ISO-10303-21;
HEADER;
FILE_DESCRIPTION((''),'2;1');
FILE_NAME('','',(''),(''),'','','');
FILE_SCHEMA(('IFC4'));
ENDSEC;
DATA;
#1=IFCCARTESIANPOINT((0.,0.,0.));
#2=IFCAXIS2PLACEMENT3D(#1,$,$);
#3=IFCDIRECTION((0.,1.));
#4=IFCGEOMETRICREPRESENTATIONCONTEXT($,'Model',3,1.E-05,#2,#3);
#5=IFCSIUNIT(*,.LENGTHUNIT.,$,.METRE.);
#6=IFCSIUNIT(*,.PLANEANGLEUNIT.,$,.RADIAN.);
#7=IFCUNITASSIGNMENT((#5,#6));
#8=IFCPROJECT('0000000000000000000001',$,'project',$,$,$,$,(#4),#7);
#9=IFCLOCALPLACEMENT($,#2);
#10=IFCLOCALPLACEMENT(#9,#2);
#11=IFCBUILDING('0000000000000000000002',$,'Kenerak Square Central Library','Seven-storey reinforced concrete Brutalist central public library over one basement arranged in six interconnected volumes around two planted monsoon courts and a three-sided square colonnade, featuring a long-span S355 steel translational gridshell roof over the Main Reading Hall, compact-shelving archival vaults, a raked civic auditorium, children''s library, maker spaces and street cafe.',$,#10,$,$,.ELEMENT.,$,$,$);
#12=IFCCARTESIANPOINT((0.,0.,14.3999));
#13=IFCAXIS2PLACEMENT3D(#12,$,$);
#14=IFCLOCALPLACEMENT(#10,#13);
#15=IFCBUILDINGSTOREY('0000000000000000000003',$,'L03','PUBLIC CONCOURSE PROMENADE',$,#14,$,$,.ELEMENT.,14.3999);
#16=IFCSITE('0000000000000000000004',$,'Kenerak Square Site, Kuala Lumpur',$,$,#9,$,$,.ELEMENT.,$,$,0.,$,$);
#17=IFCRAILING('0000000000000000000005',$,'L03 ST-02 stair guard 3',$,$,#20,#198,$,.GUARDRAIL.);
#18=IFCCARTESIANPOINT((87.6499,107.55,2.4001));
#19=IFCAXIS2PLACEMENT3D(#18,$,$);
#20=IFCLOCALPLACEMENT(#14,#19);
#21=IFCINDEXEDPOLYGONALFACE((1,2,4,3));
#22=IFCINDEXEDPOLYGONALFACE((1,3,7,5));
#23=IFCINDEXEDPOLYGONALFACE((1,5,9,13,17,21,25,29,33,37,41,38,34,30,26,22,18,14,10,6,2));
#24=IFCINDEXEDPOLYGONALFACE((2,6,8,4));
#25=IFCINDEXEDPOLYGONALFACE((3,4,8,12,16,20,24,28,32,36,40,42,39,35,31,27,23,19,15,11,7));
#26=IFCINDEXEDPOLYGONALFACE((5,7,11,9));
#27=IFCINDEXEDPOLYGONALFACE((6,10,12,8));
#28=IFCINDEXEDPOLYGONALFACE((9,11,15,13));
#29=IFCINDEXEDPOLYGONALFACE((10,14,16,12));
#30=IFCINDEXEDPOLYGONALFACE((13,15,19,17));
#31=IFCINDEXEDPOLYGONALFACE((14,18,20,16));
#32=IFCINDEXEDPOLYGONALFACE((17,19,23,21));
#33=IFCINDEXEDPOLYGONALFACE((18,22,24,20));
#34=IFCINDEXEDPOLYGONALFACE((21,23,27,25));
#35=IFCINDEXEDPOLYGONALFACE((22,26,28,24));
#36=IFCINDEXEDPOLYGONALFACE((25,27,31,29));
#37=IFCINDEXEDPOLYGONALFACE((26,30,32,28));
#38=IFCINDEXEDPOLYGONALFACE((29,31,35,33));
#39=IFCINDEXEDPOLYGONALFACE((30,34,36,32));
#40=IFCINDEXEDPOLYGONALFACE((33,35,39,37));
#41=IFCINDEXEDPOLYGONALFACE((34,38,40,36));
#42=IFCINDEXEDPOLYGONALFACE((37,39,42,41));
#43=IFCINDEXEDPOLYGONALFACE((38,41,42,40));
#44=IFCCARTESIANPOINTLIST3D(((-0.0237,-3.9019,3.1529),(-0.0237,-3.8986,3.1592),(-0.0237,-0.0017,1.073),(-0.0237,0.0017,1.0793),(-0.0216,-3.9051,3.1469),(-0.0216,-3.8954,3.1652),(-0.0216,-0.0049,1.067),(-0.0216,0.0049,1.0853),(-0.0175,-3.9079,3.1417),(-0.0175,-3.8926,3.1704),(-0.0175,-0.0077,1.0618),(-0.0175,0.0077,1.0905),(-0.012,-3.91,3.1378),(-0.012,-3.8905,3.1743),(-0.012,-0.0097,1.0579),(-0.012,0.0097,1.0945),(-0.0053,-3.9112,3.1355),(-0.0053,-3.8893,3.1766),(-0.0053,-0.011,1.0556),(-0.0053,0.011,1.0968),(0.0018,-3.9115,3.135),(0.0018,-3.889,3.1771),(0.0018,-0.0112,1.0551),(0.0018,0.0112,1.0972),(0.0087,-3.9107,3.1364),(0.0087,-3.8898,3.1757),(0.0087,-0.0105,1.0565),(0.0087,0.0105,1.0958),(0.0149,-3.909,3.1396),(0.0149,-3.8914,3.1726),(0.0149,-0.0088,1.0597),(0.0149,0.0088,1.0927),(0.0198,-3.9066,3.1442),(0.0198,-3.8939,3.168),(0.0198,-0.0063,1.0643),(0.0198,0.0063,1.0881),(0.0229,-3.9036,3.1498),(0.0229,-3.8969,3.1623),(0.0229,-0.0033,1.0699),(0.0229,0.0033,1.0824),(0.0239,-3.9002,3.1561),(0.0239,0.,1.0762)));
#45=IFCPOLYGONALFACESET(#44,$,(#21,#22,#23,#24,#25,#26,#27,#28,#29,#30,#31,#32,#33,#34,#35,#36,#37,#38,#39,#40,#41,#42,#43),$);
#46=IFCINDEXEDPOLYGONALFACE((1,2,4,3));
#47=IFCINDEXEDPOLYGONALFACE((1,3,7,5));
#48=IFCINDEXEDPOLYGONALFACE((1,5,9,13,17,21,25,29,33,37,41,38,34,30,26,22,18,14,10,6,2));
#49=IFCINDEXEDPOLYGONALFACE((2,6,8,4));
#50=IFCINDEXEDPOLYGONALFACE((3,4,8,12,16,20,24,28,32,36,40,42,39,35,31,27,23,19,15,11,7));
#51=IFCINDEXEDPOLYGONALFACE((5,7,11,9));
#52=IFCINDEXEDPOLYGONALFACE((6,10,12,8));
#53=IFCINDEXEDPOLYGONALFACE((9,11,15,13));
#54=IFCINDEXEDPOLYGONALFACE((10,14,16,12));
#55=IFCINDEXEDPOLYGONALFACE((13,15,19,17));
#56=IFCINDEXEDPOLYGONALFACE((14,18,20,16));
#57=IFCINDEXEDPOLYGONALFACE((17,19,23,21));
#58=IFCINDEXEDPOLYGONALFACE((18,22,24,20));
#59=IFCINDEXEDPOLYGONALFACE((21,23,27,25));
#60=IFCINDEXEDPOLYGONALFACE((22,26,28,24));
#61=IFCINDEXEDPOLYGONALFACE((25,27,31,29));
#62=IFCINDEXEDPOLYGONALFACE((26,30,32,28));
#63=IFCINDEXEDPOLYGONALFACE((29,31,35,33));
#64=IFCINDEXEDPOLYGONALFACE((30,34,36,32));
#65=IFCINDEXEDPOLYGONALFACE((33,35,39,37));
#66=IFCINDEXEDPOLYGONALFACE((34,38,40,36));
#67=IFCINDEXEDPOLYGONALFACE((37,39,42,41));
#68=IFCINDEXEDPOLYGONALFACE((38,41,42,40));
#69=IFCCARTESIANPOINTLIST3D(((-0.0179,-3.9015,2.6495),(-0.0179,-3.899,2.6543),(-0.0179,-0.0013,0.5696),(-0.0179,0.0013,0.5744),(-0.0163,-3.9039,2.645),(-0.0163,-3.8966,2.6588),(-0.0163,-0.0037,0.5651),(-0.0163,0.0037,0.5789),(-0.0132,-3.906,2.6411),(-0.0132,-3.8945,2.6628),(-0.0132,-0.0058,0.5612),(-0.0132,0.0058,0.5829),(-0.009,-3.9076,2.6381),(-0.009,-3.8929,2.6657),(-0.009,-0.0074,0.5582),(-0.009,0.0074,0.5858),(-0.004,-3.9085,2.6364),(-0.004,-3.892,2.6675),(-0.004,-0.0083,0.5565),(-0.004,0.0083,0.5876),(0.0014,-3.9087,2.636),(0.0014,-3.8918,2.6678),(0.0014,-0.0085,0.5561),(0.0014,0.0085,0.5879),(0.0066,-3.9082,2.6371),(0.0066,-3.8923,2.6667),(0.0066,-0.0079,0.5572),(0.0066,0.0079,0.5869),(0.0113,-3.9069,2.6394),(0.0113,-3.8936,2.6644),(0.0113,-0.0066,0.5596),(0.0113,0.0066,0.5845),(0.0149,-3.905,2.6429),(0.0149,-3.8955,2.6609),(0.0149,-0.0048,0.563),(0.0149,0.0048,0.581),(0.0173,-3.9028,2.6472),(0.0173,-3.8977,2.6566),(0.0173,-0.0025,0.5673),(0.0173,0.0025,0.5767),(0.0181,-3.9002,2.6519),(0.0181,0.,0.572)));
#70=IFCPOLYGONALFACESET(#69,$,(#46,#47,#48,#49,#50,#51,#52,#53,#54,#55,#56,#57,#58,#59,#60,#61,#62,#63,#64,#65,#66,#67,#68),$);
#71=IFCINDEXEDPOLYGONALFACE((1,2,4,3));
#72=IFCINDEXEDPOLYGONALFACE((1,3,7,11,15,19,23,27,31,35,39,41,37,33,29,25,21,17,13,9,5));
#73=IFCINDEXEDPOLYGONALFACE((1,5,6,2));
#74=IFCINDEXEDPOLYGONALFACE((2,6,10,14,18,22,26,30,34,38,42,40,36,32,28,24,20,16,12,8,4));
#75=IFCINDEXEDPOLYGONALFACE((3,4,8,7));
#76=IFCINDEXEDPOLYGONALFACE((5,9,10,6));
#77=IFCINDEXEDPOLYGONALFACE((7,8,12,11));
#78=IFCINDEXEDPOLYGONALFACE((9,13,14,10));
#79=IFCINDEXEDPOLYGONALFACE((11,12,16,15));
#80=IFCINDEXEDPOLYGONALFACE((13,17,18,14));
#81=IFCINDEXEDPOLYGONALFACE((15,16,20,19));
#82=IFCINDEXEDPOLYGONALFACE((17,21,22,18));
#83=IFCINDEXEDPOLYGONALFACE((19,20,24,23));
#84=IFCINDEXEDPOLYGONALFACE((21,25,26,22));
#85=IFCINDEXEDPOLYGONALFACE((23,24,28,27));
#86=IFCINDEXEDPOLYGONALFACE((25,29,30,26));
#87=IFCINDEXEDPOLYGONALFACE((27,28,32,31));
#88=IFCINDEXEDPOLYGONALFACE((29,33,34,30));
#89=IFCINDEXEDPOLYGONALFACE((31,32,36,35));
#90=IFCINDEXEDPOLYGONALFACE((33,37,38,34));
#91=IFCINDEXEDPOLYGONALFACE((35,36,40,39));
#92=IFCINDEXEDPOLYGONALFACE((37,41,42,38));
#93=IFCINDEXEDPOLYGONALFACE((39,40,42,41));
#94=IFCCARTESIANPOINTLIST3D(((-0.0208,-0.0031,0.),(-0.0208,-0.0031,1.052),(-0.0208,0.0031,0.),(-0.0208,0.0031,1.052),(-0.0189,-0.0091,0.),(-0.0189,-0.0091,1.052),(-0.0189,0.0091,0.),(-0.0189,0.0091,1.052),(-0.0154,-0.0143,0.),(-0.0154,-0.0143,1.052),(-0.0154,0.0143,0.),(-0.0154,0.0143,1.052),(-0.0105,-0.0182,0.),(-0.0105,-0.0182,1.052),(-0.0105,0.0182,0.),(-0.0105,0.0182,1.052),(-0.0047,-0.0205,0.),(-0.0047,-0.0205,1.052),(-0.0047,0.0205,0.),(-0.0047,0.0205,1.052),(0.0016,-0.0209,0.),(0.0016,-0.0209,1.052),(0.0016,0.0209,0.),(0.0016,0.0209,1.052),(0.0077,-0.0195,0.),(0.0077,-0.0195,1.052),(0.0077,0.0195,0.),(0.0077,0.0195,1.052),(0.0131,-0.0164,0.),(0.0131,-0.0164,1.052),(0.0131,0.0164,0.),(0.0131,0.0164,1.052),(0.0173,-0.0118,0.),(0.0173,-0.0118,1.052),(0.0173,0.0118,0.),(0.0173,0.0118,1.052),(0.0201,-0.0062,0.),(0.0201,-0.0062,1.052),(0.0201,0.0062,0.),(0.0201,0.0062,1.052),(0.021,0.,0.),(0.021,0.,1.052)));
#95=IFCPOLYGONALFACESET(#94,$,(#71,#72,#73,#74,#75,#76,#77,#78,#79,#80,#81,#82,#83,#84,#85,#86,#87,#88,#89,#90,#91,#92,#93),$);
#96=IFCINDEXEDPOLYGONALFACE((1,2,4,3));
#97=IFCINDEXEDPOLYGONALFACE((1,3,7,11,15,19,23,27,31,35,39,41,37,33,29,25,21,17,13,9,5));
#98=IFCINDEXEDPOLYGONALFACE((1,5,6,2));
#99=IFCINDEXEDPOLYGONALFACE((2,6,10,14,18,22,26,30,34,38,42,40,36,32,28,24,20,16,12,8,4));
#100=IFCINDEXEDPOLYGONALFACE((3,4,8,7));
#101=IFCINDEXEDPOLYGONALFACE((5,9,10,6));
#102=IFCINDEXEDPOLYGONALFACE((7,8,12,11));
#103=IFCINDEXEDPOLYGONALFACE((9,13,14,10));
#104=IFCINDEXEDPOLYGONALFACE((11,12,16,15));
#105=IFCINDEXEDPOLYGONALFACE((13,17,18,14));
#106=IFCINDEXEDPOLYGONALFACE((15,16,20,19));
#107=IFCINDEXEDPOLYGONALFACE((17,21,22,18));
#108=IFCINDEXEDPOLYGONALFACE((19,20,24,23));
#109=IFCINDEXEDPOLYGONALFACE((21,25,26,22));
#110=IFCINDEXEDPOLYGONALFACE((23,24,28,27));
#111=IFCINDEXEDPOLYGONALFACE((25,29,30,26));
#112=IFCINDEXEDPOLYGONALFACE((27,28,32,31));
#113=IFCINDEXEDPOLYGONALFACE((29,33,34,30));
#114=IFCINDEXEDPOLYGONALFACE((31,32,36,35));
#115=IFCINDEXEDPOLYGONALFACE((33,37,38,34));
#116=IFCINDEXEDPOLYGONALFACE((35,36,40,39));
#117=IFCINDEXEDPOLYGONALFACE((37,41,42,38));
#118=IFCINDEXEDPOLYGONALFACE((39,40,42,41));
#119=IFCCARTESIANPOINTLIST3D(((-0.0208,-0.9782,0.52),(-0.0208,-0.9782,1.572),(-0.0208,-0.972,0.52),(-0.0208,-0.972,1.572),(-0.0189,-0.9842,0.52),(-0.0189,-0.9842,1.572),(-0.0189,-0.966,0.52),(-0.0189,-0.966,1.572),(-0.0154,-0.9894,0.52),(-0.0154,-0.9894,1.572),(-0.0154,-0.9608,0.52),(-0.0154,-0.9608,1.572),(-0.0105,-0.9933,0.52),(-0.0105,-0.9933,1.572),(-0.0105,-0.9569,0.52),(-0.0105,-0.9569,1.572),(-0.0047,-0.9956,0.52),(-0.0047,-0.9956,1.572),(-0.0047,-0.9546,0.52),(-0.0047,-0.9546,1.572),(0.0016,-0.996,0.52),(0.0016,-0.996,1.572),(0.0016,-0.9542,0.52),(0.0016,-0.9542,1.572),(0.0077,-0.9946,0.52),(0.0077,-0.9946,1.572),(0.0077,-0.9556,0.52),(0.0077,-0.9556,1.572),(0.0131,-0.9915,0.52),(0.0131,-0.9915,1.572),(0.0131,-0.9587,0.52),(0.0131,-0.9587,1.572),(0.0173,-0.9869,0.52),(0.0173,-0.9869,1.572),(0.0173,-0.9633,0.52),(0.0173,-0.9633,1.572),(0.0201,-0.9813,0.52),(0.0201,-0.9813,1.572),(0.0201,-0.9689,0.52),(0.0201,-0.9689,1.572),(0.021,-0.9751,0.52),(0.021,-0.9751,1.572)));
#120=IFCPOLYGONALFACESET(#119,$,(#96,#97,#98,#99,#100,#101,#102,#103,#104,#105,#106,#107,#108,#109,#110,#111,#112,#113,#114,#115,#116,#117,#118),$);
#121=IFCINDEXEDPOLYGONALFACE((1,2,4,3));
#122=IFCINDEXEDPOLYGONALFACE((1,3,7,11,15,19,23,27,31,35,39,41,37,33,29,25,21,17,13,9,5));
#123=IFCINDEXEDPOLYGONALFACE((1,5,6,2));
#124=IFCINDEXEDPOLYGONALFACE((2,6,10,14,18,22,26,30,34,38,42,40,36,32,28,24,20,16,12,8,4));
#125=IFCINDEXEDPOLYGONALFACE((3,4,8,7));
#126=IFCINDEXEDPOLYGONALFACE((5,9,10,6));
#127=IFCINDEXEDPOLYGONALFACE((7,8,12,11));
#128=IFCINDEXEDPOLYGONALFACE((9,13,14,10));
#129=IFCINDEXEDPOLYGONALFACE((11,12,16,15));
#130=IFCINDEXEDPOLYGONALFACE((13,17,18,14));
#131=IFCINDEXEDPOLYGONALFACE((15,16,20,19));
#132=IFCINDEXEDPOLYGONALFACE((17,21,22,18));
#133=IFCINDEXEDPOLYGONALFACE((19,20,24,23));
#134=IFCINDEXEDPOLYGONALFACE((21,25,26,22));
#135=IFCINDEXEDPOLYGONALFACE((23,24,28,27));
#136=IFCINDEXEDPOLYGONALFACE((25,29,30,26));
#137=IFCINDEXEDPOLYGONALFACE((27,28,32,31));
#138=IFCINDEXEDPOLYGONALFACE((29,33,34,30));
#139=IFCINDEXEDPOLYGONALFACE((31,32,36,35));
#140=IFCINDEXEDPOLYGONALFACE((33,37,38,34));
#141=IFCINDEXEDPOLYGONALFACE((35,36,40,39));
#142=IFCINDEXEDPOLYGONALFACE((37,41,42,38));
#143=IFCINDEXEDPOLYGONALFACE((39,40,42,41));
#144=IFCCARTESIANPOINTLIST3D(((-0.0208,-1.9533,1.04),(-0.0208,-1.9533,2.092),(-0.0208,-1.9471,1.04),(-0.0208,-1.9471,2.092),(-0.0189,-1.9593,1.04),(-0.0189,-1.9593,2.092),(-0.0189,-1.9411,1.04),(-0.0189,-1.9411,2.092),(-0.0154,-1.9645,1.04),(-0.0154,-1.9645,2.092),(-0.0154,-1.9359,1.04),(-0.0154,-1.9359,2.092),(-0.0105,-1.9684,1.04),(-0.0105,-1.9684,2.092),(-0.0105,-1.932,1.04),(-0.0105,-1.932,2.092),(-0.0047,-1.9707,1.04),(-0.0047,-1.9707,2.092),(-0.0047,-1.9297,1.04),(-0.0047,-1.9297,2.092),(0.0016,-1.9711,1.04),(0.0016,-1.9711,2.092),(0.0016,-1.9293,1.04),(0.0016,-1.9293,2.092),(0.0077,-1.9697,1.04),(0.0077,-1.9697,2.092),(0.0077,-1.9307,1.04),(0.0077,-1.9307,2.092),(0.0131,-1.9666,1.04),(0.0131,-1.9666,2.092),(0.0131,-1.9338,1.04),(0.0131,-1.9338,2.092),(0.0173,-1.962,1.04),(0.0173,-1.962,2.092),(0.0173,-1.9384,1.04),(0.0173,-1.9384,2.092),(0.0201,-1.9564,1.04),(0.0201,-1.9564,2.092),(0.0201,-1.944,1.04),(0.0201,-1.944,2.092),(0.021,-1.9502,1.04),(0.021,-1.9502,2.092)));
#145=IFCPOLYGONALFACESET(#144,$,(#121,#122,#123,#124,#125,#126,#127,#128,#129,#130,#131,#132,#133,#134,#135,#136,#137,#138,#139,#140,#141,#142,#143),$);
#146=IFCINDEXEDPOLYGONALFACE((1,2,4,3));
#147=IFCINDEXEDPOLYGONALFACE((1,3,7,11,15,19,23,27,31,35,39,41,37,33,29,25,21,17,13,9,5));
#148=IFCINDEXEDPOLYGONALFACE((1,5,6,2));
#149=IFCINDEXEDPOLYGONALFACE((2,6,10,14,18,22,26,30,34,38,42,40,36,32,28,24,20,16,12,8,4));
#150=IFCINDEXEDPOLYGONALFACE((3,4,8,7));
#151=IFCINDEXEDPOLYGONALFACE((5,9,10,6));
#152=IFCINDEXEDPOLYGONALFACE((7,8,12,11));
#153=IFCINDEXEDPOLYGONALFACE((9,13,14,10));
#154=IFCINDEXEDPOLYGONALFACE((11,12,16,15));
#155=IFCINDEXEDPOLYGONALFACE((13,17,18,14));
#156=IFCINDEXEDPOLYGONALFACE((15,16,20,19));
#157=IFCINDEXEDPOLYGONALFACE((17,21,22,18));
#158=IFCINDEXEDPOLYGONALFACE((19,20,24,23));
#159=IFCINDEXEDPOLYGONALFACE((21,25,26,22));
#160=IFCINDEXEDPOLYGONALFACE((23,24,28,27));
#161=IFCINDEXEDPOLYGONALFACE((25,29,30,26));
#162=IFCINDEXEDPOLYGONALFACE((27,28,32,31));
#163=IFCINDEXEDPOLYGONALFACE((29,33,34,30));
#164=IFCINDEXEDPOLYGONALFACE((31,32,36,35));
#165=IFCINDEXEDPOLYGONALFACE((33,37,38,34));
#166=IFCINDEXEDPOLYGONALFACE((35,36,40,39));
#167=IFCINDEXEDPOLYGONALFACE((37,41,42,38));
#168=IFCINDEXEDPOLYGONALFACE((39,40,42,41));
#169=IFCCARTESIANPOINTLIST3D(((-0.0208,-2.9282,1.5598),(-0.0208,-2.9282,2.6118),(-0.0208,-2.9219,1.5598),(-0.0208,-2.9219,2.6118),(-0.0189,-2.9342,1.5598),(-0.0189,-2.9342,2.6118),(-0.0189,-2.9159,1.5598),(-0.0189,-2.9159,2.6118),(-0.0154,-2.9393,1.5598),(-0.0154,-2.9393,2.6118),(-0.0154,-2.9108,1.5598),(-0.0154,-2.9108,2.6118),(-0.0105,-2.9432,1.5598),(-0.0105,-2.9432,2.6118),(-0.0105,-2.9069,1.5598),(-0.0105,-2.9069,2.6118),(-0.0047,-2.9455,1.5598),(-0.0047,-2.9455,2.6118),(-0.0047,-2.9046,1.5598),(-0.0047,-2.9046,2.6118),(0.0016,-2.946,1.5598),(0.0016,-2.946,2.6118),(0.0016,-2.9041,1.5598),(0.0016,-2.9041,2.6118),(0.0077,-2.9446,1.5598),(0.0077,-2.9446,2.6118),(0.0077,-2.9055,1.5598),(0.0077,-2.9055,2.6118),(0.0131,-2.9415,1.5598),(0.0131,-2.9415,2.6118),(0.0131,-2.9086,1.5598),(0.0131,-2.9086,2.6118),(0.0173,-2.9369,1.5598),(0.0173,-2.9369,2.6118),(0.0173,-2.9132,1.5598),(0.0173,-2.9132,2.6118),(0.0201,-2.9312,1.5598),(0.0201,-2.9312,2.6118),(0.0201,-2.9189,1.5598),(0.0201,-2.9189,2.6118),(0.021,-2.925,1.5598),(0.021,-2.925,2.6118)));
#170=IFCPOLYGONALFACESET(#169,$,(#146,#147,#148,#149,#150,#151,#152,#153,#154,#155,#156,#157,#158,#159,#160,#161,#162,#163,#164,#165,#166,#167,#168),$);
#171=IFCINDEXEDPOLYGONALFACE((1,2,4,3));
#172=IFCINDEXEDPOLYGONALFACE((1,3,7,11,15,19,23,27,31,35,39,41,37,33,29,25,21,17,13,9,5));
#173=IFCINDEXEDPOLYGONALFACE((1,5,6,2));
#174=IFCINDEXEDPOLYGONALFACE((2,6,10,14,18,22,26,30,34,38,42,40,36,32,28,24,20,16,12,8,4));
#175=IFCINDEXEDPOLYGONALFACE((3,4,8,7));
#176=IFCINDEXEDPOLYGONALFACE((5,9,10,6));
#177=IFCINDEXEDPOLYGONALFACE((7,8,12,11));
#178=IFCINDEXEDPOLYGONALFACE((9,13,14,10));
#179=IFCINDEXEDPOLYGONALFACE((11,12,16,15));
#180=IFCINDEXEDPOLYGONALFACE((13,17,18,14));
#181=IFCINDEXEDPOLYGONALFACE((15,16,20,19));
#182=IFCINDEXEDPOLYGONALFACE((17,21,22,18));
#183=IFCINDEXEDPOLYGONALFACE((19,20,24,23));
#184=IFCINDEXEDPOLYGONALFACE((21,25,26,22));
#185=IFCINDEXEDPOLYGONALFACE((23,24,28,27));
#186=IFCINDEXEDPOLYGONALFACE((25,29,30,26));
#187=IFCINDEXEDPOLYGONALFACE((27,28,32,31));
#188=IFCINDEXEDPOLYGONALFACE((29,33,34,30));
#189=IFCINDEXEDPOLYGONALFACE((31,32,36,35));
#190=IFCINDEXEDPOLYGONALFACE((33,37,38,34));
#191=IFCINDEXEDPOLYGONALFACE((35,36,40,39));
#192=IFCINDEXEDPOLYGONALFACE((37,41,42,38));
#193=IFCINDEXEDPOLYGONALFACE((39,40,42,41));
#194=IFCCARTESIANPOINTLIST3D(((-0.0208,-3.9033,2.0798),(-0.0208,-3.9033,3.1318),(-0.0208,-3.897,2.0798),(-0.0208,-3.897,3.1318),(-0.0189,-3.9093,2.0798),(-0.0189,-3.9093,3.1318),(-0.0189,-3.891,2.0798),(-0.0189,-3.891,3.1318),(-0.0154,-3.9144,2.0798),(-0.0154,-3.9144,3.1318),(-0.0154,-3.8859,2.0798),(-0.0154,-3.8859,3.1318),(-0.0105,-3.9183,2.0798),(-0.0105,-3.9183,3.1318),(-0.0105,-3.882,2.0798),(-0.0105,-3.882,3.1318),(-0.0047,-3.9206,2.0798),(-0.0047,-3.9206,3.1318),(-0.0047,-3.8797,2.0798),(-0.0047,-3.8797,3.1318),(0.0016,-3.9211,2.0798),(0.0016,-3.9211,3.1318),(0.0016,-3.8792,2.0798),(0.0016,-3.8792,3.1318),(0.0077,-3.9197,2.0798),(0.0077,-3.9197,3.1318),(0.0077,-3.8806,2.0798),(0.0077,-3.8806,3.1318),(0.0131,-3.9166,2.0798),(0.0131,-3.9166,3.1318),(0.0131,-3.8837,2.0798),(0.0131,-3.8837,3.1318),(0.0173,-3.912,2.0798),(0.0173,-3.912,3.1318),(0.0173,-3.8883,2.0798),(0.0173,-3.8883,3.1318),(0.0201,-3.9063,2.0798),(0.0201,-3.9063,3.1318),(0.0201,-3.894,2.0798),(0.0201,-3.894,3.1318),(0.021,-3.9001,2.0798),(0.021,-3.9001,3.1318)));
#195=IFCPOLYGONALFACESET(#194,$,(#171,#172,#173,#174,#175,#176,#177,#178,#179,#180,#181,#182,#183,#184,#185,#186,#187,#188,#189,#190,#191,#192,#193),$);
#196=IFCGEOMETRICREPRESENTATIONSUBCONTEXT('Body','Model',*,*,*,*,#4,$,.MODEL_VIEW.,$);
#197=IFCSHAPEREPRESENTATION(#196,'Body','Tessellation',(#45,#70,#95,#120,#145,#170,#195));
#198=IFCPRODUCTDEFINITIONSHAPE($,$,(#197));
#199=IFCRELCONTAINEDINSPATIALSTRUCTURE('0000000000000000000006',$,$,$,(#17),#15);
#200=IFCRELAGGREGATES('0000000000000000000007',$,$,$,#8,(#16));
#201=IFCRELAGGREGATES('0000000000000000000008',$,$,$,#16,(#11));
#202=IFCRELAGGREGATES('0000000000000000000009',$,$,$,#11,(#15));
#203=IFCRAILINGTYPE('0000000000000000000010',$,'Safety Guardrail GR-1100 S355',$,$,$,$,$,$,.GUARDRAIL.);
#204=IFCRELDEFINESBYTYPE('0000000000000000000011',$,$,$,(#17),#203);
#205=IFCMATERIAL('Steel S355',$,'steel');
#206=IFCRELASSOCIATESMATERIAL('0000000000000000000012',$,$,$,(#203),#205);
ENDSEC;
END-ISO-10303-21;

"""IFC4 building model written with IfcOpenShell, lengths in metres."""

from ifc_helpers import new_model, si_unit, direction, frame, origin, origin_2d, place, context, subcontext, project, spatial, circle, extrude, material, type_object, element, save


model = new_model("IFC4")

# Units and contexts
model_context = context("Model", 3, precision=1e-05, world=origin(), true_north=direction((0.0, 1.0)))
body_context = subcontext(model_context, "Body", "Model", "MODEL_VIEW")
ifc_project = project(units=[si_unit("LENGTHUNIT", "METRE"), si_unit("PLANEANGLEUNIT", "RADIAN")], contexts=[model_context])

# Site, building, storey
site_placement = place(None, origin())
site = spatial("IfcSite", under=ifc_project, at=site_placement, Name="Kenerak Square Site, Kuala Lumpur", CompositionType="ELEMENT", RefElevation=0.0)
building_placement = place(site_placement, origin())
building = spatial("IfcBuilding", under=site, at=building_placement, Name="Kenerak Square Central Library", Description="Seven-storey reinforced concrete Brutalist central public library over one basement arranged in six interconnected volumes around two planted monsoon courts and a three-sided square colonnade, featuring a long-span S355 steel translational gridshell roof over the Main Reading Hall, compact-shelving archival vaults, a raked civic auditorium, children's library, maker spaces and street cafe.", CompositionType="ELEMENT")
storey_placement = place(building_placement, frame((0.0, 0.0, 14.3999)))
storey = spatial("IfcBuildingStorey", under=building, at=storey_placement, Name="L03", Description="PUBLIC CONCOURSE PROMENADE", CompositionType="ELEMENT", Elevation=14.3999)

# Shared definitions
ifc_material_1 = material(Name="Steel S355", Category="steel")

# Railing
railing_type_1 = type_object("IfcRailingType", Name="Safety Guardrail GR-1100 S355", PredefinedType="GUARDRAIL", material=ifc_material_1)
railing_1_placement = place(storey_placement, frame((87.6499, 107.55, 2.4001)))
element("IfcRailing", 1, at=railing_1_placement, inside=storey, type_object=railing_type_1, Name="L03 ST-02 stair guard 3", PredefinedType="GUARDRAIL", context=body_context, shape_type="SweptSolid", body=[
    extrude(circle(Radius=0.0239, at=origin_2d()), frame((0.0, 0.0, 1.0762), z_axis=(0.0, -0.882376, 0.470545), x_axis=(1.0, 0.0, 0.0)), (0.0, 0.0, 1.0), 4.4202),
    extrude(circle(Radius=0.0181, at=origin_2d()), frame((0.0, 0.0, 0.572), z_axis=(0.0, -0.882376, 0.470545), x_axis=(1.0, 0.0, 0.0)), (0.0, 0.0, 1.0), 4.4202),
    extrude(circle(Radius=0.021, at=origin_2d()), origin(), (0.0, 0.0, 1.0), 1.052),
    extrude(circle(Radius=0.021, at=origin_2d()), frame((0.0, -0.9751, 0.52)), (0.0, 0.0, 1.0), 1.052),
    extrude(circle(Radius=0.021, at=origin_2d()), frame((0.0, -1.9502, 1.04)), (0.0, 0.0, 1.0), 1.052),
    extrude(circle(Radius=0.021, at=origin_2d()), frame((0.0, -2.925, 1.5598)), (0.0, 0.0, 1.0), 1.052),
    extrude(circle(Radius=0.021, at=origin_2d()), frame((0.0, -3.9001, 2.0798)), (0.0, 0.0, 1.0), 1.052),
])

save(model, "model.ifc")
